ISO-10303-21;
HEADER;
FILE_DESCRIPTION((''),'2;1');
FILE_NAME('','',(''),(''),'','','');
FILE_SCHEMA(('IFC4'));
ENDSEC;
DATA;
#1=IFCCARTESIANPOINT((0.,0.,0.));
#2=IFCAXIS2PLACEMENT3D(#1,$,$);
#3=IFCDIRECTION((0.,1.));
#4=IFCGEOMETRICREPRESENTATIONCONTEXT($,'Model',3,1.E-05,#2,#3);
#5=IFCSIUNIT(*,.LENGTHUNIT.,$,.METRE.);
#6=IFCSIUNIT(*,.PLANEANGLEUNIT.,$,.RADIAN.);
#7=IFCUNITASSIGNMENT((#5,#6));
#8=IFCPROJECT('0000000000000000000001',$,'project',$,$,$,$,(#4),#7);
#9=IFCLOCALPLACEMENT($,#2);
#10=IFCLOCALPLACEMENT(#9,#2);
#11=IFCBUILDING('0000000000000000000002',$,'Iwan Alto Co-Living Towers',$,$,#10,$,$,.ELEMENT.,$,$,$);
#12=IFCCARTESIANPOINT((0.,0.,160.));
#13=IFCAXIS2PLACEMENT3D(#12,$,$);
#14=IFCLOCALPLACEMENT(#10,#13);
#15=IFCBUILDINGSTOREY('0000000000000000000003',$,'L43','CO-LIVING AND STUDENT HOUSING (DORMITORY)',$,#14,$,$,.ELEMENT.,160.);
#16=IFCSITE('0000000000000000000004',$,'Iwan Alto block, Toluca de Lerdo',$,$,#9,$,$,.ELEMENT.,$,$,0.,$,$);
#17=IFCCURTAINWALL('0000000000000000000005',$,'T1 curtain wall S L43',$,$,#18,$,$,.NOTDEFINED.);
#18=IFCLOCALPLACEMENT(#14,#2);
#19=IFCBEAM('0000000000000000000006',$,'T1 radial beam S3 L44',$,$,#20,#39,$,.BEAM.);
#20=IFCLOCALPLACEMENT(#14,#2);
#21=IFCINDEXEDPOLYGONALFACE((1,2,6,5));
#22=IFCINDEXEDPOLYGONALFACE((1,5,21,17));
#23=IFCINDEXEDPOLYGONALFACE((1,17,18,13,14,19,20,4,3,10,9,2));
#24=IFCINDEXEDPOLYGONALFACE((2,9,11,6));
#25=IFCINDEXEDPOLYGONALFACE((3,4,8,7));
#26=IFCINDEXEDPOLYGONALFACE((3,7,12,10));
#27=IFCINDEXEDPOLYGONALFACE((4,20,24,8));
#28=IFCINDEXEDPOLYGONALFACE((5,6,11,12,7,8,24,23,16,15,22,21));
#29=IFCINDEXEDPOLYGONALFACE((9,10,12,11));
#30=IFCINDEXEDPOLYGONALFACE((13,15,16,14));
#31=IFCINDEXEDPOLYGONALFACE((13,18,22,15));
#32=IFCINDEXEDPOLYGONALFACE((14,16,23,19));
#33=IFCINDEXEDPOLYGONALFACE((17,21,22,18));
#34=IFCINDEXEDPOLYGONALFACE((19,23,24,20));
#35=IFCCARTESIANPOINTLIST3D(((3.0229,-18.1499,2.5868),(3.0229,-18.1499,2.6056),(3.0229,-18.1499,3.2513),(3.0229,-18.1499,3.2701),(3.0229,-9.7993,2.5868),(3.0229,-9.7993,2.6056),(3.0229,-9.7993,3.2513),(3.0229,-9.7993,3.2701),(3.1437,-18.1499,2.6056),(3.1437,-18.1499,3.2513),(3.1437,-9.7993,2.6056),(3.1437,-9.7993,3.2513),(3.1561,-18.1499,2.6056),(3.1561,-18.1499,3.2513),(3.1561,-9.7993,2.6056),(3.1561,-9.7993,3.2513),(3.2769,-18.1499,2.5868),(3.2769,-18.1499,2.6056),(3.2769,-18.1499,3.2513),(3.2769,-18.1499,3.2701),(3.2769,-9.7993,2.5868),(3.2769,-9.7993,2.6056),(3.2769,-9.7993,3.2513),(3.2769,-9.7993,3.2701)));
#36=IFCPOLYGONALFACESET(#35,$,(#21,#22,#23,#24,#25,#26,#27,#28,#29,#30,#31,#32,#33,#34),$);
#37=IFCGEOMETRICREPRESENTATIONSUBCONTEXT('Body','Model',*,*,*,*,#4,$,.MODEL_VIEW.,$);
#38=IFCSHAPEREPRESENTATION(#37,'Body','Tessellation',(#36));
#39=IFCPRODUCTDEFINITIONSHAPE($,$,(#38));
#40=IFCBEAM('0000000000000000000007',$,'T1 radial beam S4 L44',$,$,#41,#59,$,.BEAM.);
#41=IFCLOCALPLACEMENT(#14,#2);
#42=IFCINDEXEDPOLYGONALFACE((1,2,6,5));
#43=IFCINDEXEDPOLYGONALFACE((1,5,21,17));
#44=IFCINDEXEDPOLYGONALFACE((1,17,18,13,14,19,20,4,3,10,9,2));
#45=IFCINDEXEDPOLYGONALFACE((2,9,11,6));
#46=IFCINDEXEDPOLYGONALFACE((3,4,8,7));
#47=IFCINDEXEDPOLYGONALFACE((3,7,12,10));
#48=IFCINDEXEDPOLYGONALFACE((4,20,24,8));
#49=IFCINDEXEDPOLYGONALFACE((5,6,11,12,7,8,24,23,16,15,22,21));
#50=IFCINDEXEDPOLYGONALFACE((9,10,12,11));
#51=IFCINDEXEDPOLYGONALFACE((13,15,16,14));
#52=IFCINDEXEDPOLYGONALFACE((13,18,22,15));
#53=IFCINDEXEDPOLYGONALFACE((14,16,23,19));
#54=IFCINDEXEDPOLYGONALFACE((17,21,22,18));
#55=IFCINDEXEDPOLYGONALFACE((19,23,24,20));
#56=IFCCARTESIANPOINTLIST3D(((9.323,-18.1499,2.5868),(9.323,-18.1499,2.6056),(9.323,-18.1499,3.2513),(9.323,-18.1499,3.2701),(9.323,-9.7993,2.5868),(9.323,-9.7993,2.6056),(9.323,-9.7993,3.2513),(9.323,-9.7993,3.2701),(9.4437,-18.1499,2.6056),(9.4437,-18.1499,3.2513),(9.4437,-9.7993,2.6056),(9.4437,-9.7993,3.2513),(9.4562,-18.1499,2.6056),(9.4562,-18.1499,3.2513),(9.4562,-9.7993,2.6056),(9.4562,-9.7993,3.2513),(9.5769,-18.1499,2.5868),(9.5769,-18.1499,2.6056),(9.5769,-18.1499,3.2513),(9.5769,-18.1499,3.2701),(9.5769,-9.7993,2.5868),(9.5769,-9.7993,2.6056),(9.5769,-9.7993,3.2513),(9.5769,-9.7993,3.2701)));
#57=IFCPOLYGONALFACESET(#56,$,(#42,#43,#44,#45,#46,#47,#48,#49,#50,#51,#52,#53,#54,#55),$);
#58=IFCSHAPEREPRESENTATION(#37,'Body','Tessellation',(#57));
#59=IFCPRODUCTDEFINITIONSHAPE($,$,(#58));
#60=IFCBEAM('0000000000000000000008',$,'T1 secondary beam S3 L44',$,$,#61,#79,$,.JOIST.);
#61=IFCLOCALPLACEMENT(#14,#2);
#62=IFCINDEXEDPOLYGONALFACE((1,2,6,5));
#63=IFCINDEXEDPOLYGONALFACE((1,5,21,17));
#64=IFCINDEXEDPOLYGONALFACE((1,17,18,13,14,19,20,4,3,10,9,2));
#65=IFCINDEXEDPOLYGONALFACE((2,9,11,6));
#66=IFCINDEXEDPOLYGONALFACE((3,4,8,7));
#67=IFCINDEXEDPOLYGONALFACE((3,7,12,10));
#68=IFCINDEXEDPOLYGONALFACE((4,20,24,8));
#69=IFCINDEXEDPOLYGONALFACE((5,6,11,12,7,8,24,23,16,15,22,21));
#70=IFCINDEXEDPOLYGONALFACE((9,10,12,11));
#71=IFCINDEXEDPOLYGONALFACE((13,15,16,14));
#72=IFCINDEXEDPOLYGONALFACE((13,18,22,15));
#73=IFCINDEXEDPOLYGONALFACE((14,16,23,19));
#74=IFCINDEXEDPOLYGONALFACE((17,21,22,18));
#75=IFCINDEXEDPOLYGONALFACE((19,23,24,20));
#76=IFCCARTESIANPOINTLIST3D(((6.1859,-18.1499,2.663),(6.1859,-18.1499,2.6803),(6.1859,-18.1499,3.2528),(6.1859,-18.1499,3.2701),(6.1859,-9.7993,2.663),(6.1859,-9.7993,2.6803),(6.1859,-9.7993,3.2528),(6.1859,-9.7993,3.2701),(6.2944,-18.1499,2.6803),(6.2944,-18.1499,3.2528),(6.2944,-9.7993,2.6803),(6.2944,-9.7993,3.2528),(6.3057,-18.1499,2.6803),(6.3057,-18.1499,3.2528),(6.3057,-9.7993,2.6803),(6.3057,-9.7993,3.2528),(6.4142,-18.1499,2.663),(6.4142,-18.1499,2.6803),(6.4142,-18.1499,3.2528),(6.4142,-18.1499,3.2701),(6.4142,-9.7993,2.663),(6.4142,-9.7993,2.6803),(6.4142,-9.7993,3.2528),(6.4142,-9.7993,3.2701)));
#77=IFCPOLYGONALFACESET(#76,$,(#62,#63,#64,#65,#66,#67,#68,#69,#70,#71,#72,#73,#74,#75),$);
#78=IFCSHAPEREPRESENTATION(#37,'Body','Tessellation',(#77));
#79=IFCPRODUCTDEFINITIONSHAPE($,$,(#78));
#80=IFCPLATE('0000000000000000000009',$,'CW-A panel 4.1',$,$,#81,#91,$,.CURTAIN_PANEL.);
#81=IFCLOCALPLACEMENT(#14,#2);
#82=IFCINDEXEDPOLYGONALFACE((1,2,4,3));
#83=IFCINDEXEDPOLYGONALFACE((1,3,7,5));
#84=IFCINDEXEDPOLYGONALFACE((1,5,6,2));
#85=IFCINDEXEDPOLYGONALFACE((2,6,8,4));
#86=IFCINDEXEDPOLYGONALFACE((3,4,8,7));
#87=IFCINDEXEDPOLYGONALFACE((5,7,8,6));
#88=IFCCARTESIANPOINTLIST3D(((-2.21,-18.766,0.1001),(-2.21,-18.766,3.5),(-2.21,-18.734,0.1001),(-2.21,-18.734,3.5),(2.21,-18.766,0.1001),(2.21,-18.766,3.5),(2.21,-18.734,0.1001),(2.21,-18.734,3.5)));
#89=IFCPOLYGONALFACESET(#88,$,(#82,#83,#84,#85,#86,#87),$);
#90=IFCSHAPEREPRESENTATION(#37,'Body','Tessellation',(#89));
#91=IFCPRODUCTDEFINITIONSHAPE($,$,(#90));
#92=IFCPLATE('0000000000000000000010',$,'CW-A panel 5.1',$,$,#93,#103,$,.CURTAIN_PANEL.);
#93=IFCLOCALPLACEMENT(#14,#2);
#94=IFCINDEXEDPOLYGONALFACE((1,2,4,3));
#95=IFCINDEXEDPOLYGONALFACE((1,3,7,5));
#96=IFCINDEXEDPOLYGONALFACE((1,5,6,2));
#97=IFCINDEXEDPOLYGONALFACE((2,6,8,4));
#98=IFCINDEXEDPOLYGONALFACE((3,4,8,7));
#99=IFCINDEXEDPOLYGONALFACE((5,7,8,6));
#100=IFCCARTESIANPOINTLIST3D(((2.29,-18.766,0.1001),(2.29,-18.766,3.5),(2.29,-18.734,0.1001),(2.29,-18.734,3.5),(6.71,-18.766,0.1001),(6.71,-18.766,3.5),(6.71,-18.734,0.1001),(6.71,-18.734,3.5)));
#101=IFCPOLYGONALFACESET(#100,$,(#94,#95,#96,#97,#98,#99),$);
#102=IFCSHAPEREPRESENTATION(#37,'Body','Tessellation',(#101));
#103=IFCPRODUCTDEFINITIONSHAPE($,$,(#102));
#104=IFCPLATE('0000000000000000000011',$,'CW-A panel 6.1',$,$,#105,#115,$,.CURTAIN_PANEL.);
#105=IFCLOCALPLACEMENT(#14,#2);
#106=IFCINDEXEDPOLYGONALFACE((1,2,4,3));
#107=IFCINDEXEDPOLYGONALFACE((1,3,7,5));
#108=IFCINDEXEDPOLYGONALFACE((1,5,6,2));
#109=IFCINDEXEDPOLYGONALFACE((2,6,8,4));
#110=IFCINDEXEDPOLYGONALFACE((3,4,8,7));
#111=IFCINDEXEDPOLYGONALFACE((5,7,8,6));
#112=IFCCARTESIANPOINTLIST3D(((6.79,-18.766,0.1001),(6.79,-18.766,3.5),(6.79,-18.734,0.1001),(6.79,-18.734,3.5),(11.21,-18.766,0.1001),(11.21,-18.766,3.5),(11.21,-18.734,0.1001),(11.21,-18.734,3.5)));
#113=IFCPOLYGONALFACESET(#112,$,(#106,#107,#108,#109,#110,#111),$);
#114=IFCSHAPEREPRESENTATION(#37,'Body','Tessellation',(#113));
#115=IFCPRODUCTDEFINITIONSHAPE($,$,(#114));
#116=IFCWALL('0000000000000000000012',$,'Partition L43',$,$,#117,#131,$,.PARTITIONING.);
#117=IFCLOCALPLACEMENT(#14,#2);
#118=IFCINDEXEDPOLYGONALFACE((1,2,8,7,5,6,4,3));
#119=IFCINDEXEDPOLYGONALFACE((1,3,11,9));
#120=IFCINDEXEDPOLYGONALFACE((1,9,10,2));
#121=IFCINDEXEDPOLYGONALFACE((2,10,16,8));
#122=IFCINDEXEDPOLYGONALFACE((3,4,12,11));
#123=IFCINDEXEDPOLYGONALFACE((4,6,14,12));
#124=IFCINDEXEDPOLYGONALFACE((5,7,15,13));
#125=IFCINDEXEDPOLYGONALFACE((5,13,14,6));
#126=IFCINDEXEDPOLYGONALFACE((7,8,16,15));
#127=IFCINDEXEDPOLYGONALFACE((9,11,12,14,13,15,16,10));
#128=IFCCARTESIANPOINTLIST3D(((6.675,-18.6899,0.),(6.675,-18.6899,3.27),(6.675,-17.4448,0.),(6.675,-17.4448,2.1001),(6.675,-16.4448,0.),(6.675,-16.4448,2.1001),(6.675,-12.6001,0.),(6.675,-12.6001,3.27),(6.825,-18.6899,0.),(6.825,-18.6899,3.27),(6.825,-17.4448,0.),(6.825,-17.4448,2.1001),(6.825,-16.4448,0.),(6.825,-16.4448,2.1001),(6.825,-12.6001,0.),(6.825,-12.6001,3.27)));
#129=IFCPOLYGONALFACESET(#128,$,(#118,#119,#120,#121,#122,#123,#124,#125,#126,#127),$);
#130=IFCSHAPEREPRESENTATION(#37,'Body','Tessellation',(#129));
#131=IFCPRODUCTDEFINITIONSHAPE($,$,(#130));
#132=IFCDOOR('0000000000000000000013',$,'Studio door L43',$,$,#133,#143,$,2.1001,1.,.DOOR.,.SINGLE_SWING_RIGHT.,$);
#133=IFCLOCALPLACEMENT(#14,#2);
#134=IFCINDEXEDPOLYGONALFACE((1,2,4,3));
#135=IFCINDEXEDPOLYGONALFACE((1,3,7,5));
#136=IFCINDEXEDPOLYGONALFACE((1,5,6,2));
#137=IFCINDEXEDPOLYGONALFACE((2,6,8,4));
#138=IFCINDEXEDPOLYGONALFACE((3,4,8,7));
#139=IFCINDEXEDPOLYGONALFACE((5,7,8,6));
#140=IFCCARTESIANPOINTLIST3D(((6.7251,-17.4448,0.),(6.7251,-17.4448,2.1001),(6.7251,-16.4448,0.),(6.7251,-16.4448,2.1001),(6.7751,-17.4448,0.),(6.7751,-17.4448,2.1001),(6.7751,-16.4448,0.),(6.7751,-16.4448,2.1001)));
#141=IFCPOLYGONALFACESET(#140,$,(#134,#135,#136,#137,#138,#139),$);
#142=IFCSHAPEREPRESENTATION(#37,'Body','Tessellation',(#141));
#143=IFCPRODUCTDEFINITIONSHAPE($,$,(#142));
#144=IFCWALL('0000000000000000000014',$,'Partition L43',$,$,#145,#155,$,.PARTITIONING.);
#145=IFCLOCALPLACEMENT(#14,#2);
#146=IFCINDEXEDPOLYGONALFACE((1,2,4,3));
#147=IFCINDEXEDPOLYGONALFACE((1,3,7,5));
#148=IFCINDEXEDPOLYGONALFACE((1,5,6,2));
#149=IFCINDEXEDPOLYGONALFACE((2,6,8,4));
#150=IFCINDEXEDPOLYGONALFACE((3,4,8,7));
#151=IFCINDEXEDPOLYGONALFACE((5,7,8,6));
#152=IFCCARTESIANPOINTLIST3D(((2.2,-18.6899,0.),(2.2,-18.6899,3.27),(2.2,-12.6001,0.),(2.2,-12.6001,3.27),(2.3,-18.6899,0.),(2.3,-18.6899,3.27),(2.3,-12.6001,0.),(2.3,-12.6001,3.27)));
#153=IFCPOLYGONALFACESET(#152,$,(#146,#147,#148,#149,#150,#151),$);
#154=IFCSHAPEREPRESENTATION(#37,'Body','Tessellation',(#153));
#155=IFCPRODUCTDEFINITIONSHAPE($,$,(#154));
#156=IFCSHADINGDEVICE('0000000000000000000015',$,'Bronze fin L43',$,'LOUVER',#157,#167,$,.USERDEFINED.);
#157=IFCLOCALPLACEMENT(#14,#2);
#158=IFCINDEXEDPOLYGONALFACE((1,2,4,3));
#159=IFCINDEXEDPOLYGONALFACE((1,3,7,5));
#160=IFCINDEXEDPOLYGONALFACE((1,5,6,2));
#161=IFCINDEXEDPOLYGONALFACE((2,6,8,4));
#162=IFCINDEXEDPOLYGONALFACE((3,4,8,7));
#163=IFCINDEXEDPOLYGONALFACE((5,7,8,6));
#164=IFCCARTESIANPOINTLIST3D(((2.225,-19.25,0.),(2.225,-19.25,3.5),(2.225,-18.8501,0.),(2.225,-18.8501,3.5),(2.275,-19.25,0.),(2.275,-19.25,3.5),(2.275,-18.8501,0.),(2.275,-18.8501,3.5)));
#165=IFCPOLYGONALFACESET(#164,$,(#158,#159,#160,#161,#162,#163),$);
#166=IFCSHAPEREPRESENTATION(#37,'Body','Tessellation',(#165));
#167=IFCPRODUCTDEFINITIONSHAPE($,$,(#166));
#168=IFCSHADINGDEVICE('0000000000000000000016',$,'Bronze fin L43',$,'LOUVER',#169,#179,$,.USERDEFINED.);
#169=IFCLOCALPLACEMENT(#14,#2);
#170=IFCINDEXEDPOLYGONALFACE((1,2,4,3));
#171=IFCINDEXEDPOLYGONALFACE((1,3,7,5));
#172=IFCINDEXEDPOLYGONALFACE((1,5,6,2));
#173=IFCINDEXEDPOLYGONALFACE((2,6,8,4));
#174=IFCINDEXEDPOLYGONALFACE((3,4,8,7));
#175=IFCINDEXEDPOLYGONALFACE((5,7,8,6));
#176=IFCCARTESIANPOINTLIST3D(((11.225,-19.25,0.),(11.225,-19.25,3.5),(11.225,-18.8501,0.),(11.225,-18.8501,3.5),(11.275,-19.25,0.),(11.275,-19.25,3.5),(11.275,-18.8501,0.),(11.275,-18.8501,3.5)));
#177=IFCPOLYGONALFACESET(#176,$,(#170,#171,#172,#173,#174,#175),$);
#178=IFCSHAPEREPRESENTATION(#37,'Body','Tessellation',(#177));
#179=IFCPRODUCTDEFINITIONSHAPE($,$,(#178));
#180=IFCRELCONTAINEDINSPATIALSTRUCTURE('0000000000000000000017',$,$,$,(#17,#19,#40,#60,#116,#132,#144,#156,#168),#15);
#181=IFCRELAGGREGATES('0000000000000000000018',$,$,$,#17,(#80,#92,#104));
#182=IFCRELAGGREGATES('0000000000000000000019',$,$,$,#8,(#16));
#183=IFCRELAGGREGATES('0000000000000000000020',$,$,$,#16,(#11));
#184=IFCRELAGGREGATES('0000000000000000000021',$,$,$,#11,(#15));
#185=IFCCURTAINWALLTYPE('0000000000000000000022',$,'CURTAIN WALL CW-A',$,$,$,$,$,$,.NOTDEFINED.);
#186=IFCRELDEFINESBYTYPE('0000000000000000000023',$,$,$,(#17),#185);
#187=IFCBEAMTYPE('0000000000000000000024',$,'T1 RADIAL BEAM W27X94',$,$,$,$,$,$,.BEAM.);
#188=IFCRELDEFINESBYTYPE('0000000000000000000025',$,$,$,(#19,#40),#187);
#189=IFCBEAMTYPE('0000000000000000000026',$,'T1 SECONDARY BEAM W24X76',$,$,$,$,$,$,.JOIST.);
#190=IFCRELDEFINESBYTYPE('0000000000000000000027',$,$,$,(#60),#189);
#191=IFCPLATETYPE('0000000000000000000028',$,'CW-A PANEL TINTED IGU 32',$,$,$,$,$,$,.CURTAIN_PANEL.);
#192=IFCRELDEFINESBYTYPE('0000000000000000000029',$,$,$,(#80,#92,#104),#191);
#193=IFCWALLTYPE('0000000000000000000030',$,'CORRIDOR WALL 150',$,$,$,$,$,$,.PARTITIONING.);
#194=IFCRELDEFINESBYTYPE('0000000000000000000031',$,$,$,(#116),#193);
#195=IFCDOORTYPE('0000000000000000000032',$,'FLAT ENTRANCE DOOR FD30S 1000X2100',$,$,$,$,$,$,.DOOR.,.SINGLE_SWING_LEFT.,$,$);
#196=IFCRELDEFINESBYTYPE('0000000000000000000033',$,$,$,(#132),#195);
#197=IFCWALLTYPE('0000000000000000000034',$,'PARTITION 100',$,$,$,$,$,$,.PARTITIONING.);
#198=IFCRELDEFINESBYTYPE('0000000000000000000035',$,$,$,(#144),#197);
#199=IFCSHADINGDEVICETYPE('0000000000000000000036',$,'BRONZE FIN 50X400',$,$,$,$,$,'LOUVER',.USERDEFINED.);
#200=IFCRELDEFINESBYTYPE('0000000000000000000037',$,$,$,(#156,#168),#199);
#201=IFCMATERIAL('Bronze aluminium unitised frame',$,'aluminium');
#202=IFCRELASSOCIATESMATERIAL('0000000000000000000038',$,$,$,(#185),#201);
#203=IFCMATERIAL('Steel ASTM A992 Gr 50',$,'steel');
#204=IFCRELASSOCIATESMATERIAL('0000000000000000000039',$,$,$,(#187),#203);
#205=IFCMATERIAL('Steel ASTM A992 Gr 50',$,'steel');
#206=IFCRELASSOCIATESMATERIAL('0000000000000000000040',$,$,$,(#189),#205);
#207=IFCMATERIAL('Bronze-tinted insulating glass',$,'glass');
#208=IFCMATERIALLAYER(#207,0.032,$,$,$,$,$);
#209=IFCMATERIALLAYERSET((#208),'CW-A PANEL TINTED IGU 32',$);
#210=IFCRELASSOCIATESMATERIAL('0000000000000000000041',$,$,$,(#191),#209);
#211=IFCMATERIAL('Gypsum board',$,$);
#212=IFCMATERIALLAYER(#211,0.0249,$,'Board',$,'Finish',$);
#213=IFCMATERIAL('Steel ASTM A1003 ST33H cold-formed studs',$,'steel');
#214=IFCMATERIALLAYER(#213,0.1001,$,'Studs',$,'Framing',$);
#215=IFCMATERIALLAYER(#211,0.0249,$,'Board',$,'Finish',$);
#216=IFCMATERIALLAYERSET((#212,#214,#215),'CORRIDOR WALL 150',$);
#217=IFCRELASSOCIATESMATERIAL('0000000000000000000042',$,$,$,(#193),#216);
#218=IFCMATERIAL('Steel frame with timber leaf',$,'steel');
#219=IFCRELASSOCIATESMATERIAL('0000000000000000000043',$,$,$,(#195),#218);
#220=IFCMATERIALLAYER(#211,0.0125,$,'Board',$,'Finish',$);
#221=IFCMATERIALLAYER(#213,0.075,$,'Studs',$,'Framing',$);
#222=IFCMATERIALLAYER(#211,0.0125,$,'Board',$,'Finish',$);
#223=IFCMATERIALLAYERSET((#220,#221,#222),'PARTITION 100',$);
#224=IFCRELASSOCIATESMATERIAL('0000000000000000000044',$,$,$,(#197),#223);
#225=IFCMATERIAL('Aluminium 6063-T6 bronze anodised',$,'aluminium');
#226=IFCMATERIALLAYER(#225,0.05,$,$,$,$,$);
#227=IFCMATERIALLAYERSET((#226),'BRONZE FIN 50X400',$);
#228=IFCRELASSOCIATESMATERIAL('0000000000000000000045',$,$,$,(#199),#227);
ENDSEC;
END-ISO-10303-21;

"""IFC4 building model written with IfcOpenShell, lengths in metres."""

from ifc_helpers import new_model, si_unit, direction, frame, frame_2d, origin, origin_2d, place, context, subcontext, project, spatial, rectangle, i_section, extrude, material, layer, layer_set, material_profile, profile_set, type_object, element, fill, aggregate, save


model = new_model("IFC4")

# Units and contexts
model_context = context("Model", 3, precision=1e-05, world=origin(), true_north=direction((0.0, 1.0)))
body_context = subcontext(model_context, "Body", "Model", "MODEL_VIEW")
ifc_project = project(units=[si_unit("LENGTHUNIT", "METRE"), si_unit("PLANEANGLEUNIT", "RADIAN")], contexts=[model_context])

# Site, building, storey
site_placement = place(None, origin())
site = spatial("IfcSite", under=ifc_project, at=site_placement, Name="Iwan Alto block, Toluca de Lerdo", CompositionType="ELEMENT", RefElevation=0.0)
building_placement = place(site_placement, origin())
building = spatial("IfcBuilding", under=site, at=building_placement, Name="Iwan Alto Co-Living Towers", CompositionType="ELEMENT")
storey_placement = place(building_placement, frame((0.0, 0.0, 160.0)))
storey = spatial("IfcBuildingStorey", under=building, at=storey_placement, Name="L43", Description="CO-LIVING AND STUDENT HOUSING (DORMITORY)", CompositionType="ELEMENT", Elevation=160.0)

# Curtain wall
ifc_material_1 = material(Name="Bronze aluminium unitised frame", Category="aluminium")
curtain_wall_type = type_object("IfcCurtainWallType", Name="CURTAIN WALL CW-A", PredefinedType="NOTDEFINED", material=ifc_material_1)
curtain_wall_placement = place(storey_placement, origin())
curtain_wall = element("IfcCurtainWall", 1, at=curtain_wall_placement, inside=storey, type_object=curtain_wall_type, Name="T1 curtain wall S L43", PredefinedType="NOTDEFINED")

# Beams
ifc_material_2 = material(Name="Steel ASTM A992 Gr 50", Category="steel")
ifc_material_profile_1 = material_profile(ifc_material_2, i_section(OverallWidth=0.2539, OverallDepth=0.6833, WebThickness=0.0125, FlangeThickness=0.0188, at=origin_2d()), Name="W27X94")
ifc_profile_set_1 = profile_set([ifc_material_profile_1], Name="Steel ASTM A992 Gr 50")
beam_type_1 = type_object("IfcBeamType", Name="T1 RADIAL BEAM W27X94", PredefinedType="BEAM", material=ifc_profile_set_1)
for number, where, z_axis, x_axis, name in (
    (2, (3.1499, -18.1499, 2.9285), (0.0, 1.0, 0.0), (-1.0, 0.0, 0.0), "T1 radial beam S3 L44"),
    (3, (9.45, -18.1499, 2.9285), (0.0, 1.0, 0.0), (-1.0, 0.0, 0.0), "T1 radial beam S4 L44"),
):
    element("IfcBeam", number, at=place(storey_placement, frame(where, z_axis=z_axis, x_axis=x_axis)), inside=storey, type_object=beam_type_1, Name=name, PredefinedType="BEAM", context=body_context, shape_type="SweptSolid", body=[
        extrude(i_section(OverallWidth=0.2539, OverallDepth=0.6833, WebThickness=0.0125, FlangeThickness=0.0188, at=origin_2d()), origin(), (0.0, 0.0, 1.0), 8.3506),
    ])
ifc_material_3 = material(Name="Steel ASTM A992 Gr 50", Category="steel")
ifc_material_profile_2 = material_profile(ifc_material_3, i_section(OverallWidth=0.2283, OverallDepth=0.6072, WebThickness=0.0112, FlangeThickness=0.0173, at=origin_2d()), Name="W24X76")
ifc_profile_set_2 = profile_set([ifc_material_profile_2], Name="Steel ASTM A992 Gr 50")
beam_type_2 = type_object("IfcBeamType", Name="T1 SECONDARY BEAM W24X76", PredefinedType="JOIST", material=ifc_profile_set_2)
beam_1_placement = place(storey_placement, frame((6.3, -18.1499, 2.9666), z_axis=(0.0, 1.0, 0.0), x_axis=(-1.0, 0.0, 0.0)))
element("IfcBeam", 4, at=beam_1_placement, inside=storey, type_object=beam_type_2, Name="T1 secondary beam S3 L44", PredefinedType="JOIST", context=body_context, shape_type="SweptSolid", body=[
    extrude(i_section(OverallWidth=0.2283, OverallDepth=0.6072, WebThickness=0.0112, FlangeThickness=0.0173, at=origin_2d()), origin(), (0.0, 0.0, 1.0), 8.3506),
])

# Plates
ifc_material_4 = material(Name="Bronze-tinted insulating glass", Category="glass")
ifc_layer_1 = layer(ifc_material_4, 0.032)
ifc_layer_set_1 = layer_set([ifc_layer_1], Name="CW-A PANEL TINTED IGU 32")
plate_type = type_object("IfcPlateType", Name="CW-A PANEL TINTED IGU 32", PredefinedType="CURTAIN_PANEL", material=ifc_layer_set_1)
plate_1_placement = place(storey_placement, frame((0.0, -18.75, 0.1001), z_axis=(0.0, 0.0, 1.0), x_axis=(1.0, 0.0, 0.0)))
plate_1 = element("IfcPlate", 5, at=plate_1_placement, type_object=plate_type, Name="CW-A panel 4.1", PredefinedType="CURTAIN_PANEL", context=body_context, shape_type="SweptSolid", body=[
    extrude(rectangle(XDim=4.4199, YDim=0.032, at=origin_2d()), origin(), (0.0, 0.0, 1.0), 3.3999),
])
plate_2_placement = place(storey_placement, frame((4.5, -18.75, 0.1001), z_axis=(0.0, 0.0, 1.0), x_axis=(1.0, 0.0, 0.0)))
plate_2 = element("IfcPlate", 6, at=plate_2_placement, type_object=plate_type, Name="CW-A panel 5.1", PredefinedType="CURTAIN_PANEL", context=body_context, shape_type="SweptSolid", body=[
    extrude(rectangle(XDim=4.4199, YDim=0.032, at=origin_2d()), origin(), (0.0, 0.0, 1.0), 3.3999),
])
plate_3_placement = place(storey_placement, frame((9.0, -18.75, 0.1001), z_axis=(0.0, 0.0, 1.0), x_axis=(1.0, 0.0, 0.0)))
plate_3 = element("IfcPlate", 7, at=plate_3_placement, type_object=plate_type, Name="CW-A panel 6.1", PredefinedType="CURTAIN_PANEL", context=body_context, shape_type="SweptSolid", body=[
    extrude(rectangle(XDim=4.4199, YDim=0.032, at=origin_2d()), origin(), (0.0, 0.0, 1.0), 3.3999),
])
aggregate(curtain_wall, [plate_1, plate_2, plate_3])

# Wall, opening, door
ifc_material_5 = material(Name="Gypsum board")
ifc_layer_2 = layer(ifc_material_5, 0.0249, Name="Board", Category="Finish")
ifc_material_6 = material(Name="Steel ASTM A1003 ST33H cold-formed studs", Category="steel")
ifc_layer_3 = layer(ifc_material_6, 0.1001, Name="Studs", Category="Framing")
ifc_layer_4 = layer(ifc_material_5, 0.0249, Name="Board", Category="Finish")
ifc_layer_set_2 = layer_set([ifc_layer_2, ifc_layer_3, ifc_layer_4], Name="CORRIDOR WALL 150")
wall_type_1 = type_object("IfcWallType", Name="CORRIDOR WALL 150", PredefinedType="PARTITIONING", material=ifc_layer_set_2)
wall_1_placement = place(storey_placement, frame((6.75, -18.6899, 0.0), z_axis=(0.0, 0.0, 1.0), x_axis=(0.0, 1.0, 0.0)))
wall_1 = element("IfcWall", 8, at=wall_1_placement, inside=storey, type_object=wall_type_1, Name="Partition L43", PredefinedType="PARTITIONING", context=body_context, shape_type="SweptSolid", body=[
    extrude(rectangle(XDim=6.0898, YDim=0.1499, at=frame_2d((3.0449, 0.0))), origin(), (0.0, 0.0, 1.0), 3.27),
])
opening_placement = place(wall_1_placement, frame((1.2451, 0.0, 0.0)))
opening = element("IfcOpeningElement", 9, at=opening_placement, cuts=wall_1, PredefinedType="OPENING", context=body_context, shape_type="SweptSolid", body=[
    extrude(rectangle(XDim=1.0, YDim=2.1001, at=frame_2d((0.5, 1.05))), frame((0.0, 0.085, 0.0), z_axis=(0.0, -1.0, 0.0), x_axis=(1.0, 0.0, 0.0)), (0.0, 0.0, 1.0), 0.1699),
])
ifc_material_7 = material(Name="Steel frame with timber leaf", Category="steel")
door_type = type_object("IfcDoorType", Name="FLAT ENTRANCE DOOR FD30S 1000X2100", OperationType="SINGLE_SWING_LEFT", PredefinedType="DOOR", material=ifc_material_7)
door_placement = place(opening_placement, origin())
door = element("IfcDoor", 10, at=door_placement, inside=storey, type_object=door_type, Name="Studio door L43", OperationType="SINGLE_SWING_RIGHT", OverallHeight=2.1001, OverallWidth=1.0, PredefinedType="DOOR", context=body_context, shape_type="SweptSolid", body=[
    extrude(rectangle(XDim=1.0, YDim=2.1001, at=frame_2d((0.5, 1.05))), frame((0.0, 0.0249, 0.0), z_axis=(0.0, -1.0, 0.0), x_axis=(1.0, 0.0, 0.0)), (0.0, 0.0, 1.0), 0.05),
])
fill(opening, door)

# Wall
ifc_layer_5 = layer(ifc_material_5, 0.0125, Name="Board", Category="Finish")
ifc_layer_6 = layer(ifc_material_6, 0.075, Name="Studs", Category="Framing")
ifc_layer_7 = layer(ifc_material_5, 0.0125, Name="Board", Category="Finish")
ifc_layer_set_3 = layer_set([ifc_layer_5, ifc_layer_6, ifc_layer_7], Name="PARTITION 100")
wall_type_2 = type_object("IfcWallType", Name="PARTITION 100", PredefinedType="PARTITIONING", material=ifc_layer_set_3)
wall_2_placement = place(storey_placement, frame((2.25, -18.6899, 0.0), z_axis=(0.0, 0.0, 1.0), x_axis=(0.0, 1.0, 0.0)))
element("IfcWall", 11, at=wall_2_placement, inside=storey, type_object=wall_type_2, Name="Partition L43", PredefinedType="PARTITIONING", context=body_context, shape_type="SweptSolid", body=[
    extrude(rectangle(XDim=6.0898, YDim=0.1001, at=frame_2d((3.0449, 0.0))), origin(), (0.0, 0.0, 1.0), 3.27),
])

# Shading devices
ifc_material_8 = material(Name="Aluminium 6063-T6 bronze anodised", Category="aluminium")
ifc_layer_8 = layer(ifc_material_8, 0.05)
ifc_layer_set_4 = layer_set([ifc_layer_8], Name="BRONZE FIN 50X400")
shading_device_type = type_object("IfcShadingDeviceType", Name="BRONZE FIN 50X400", ElementType="LOUVER", PredefinedType="USERDEFINED", material=ifc_layer_set_4)
for number, where, z_axis, x_axis, name in (
    (12, (2.25, -19.05, 0.0), (0.0, 0.0, 1.0), (1.0, 0.0, 0.0), "Bronze fin L43"),
    (13, (11.25, -19.05, 0.0), (0.0, 0.0, 1.0), (1.0, 0.0, 0.0), "Bronze fin L43"),
):
    element("IfcShadingDevice", number, at=place(storey_placement, frame(where, z_axis=z_axis, x_axis=x_axis)), inside=storey, type_object=shading_device_type, Name=name, ObjectType="LOUVER", PredefinedType="USERDEFINED", context=body_context, shape_type="SweptSolid", body=[
        extrude(rectangle(XDim=0.05, YDim=0.3999, at=origin_2d()), origin(), (0.0, 0.0, 1.0), 3.5),
    ])

save(model, "model.ifc")
